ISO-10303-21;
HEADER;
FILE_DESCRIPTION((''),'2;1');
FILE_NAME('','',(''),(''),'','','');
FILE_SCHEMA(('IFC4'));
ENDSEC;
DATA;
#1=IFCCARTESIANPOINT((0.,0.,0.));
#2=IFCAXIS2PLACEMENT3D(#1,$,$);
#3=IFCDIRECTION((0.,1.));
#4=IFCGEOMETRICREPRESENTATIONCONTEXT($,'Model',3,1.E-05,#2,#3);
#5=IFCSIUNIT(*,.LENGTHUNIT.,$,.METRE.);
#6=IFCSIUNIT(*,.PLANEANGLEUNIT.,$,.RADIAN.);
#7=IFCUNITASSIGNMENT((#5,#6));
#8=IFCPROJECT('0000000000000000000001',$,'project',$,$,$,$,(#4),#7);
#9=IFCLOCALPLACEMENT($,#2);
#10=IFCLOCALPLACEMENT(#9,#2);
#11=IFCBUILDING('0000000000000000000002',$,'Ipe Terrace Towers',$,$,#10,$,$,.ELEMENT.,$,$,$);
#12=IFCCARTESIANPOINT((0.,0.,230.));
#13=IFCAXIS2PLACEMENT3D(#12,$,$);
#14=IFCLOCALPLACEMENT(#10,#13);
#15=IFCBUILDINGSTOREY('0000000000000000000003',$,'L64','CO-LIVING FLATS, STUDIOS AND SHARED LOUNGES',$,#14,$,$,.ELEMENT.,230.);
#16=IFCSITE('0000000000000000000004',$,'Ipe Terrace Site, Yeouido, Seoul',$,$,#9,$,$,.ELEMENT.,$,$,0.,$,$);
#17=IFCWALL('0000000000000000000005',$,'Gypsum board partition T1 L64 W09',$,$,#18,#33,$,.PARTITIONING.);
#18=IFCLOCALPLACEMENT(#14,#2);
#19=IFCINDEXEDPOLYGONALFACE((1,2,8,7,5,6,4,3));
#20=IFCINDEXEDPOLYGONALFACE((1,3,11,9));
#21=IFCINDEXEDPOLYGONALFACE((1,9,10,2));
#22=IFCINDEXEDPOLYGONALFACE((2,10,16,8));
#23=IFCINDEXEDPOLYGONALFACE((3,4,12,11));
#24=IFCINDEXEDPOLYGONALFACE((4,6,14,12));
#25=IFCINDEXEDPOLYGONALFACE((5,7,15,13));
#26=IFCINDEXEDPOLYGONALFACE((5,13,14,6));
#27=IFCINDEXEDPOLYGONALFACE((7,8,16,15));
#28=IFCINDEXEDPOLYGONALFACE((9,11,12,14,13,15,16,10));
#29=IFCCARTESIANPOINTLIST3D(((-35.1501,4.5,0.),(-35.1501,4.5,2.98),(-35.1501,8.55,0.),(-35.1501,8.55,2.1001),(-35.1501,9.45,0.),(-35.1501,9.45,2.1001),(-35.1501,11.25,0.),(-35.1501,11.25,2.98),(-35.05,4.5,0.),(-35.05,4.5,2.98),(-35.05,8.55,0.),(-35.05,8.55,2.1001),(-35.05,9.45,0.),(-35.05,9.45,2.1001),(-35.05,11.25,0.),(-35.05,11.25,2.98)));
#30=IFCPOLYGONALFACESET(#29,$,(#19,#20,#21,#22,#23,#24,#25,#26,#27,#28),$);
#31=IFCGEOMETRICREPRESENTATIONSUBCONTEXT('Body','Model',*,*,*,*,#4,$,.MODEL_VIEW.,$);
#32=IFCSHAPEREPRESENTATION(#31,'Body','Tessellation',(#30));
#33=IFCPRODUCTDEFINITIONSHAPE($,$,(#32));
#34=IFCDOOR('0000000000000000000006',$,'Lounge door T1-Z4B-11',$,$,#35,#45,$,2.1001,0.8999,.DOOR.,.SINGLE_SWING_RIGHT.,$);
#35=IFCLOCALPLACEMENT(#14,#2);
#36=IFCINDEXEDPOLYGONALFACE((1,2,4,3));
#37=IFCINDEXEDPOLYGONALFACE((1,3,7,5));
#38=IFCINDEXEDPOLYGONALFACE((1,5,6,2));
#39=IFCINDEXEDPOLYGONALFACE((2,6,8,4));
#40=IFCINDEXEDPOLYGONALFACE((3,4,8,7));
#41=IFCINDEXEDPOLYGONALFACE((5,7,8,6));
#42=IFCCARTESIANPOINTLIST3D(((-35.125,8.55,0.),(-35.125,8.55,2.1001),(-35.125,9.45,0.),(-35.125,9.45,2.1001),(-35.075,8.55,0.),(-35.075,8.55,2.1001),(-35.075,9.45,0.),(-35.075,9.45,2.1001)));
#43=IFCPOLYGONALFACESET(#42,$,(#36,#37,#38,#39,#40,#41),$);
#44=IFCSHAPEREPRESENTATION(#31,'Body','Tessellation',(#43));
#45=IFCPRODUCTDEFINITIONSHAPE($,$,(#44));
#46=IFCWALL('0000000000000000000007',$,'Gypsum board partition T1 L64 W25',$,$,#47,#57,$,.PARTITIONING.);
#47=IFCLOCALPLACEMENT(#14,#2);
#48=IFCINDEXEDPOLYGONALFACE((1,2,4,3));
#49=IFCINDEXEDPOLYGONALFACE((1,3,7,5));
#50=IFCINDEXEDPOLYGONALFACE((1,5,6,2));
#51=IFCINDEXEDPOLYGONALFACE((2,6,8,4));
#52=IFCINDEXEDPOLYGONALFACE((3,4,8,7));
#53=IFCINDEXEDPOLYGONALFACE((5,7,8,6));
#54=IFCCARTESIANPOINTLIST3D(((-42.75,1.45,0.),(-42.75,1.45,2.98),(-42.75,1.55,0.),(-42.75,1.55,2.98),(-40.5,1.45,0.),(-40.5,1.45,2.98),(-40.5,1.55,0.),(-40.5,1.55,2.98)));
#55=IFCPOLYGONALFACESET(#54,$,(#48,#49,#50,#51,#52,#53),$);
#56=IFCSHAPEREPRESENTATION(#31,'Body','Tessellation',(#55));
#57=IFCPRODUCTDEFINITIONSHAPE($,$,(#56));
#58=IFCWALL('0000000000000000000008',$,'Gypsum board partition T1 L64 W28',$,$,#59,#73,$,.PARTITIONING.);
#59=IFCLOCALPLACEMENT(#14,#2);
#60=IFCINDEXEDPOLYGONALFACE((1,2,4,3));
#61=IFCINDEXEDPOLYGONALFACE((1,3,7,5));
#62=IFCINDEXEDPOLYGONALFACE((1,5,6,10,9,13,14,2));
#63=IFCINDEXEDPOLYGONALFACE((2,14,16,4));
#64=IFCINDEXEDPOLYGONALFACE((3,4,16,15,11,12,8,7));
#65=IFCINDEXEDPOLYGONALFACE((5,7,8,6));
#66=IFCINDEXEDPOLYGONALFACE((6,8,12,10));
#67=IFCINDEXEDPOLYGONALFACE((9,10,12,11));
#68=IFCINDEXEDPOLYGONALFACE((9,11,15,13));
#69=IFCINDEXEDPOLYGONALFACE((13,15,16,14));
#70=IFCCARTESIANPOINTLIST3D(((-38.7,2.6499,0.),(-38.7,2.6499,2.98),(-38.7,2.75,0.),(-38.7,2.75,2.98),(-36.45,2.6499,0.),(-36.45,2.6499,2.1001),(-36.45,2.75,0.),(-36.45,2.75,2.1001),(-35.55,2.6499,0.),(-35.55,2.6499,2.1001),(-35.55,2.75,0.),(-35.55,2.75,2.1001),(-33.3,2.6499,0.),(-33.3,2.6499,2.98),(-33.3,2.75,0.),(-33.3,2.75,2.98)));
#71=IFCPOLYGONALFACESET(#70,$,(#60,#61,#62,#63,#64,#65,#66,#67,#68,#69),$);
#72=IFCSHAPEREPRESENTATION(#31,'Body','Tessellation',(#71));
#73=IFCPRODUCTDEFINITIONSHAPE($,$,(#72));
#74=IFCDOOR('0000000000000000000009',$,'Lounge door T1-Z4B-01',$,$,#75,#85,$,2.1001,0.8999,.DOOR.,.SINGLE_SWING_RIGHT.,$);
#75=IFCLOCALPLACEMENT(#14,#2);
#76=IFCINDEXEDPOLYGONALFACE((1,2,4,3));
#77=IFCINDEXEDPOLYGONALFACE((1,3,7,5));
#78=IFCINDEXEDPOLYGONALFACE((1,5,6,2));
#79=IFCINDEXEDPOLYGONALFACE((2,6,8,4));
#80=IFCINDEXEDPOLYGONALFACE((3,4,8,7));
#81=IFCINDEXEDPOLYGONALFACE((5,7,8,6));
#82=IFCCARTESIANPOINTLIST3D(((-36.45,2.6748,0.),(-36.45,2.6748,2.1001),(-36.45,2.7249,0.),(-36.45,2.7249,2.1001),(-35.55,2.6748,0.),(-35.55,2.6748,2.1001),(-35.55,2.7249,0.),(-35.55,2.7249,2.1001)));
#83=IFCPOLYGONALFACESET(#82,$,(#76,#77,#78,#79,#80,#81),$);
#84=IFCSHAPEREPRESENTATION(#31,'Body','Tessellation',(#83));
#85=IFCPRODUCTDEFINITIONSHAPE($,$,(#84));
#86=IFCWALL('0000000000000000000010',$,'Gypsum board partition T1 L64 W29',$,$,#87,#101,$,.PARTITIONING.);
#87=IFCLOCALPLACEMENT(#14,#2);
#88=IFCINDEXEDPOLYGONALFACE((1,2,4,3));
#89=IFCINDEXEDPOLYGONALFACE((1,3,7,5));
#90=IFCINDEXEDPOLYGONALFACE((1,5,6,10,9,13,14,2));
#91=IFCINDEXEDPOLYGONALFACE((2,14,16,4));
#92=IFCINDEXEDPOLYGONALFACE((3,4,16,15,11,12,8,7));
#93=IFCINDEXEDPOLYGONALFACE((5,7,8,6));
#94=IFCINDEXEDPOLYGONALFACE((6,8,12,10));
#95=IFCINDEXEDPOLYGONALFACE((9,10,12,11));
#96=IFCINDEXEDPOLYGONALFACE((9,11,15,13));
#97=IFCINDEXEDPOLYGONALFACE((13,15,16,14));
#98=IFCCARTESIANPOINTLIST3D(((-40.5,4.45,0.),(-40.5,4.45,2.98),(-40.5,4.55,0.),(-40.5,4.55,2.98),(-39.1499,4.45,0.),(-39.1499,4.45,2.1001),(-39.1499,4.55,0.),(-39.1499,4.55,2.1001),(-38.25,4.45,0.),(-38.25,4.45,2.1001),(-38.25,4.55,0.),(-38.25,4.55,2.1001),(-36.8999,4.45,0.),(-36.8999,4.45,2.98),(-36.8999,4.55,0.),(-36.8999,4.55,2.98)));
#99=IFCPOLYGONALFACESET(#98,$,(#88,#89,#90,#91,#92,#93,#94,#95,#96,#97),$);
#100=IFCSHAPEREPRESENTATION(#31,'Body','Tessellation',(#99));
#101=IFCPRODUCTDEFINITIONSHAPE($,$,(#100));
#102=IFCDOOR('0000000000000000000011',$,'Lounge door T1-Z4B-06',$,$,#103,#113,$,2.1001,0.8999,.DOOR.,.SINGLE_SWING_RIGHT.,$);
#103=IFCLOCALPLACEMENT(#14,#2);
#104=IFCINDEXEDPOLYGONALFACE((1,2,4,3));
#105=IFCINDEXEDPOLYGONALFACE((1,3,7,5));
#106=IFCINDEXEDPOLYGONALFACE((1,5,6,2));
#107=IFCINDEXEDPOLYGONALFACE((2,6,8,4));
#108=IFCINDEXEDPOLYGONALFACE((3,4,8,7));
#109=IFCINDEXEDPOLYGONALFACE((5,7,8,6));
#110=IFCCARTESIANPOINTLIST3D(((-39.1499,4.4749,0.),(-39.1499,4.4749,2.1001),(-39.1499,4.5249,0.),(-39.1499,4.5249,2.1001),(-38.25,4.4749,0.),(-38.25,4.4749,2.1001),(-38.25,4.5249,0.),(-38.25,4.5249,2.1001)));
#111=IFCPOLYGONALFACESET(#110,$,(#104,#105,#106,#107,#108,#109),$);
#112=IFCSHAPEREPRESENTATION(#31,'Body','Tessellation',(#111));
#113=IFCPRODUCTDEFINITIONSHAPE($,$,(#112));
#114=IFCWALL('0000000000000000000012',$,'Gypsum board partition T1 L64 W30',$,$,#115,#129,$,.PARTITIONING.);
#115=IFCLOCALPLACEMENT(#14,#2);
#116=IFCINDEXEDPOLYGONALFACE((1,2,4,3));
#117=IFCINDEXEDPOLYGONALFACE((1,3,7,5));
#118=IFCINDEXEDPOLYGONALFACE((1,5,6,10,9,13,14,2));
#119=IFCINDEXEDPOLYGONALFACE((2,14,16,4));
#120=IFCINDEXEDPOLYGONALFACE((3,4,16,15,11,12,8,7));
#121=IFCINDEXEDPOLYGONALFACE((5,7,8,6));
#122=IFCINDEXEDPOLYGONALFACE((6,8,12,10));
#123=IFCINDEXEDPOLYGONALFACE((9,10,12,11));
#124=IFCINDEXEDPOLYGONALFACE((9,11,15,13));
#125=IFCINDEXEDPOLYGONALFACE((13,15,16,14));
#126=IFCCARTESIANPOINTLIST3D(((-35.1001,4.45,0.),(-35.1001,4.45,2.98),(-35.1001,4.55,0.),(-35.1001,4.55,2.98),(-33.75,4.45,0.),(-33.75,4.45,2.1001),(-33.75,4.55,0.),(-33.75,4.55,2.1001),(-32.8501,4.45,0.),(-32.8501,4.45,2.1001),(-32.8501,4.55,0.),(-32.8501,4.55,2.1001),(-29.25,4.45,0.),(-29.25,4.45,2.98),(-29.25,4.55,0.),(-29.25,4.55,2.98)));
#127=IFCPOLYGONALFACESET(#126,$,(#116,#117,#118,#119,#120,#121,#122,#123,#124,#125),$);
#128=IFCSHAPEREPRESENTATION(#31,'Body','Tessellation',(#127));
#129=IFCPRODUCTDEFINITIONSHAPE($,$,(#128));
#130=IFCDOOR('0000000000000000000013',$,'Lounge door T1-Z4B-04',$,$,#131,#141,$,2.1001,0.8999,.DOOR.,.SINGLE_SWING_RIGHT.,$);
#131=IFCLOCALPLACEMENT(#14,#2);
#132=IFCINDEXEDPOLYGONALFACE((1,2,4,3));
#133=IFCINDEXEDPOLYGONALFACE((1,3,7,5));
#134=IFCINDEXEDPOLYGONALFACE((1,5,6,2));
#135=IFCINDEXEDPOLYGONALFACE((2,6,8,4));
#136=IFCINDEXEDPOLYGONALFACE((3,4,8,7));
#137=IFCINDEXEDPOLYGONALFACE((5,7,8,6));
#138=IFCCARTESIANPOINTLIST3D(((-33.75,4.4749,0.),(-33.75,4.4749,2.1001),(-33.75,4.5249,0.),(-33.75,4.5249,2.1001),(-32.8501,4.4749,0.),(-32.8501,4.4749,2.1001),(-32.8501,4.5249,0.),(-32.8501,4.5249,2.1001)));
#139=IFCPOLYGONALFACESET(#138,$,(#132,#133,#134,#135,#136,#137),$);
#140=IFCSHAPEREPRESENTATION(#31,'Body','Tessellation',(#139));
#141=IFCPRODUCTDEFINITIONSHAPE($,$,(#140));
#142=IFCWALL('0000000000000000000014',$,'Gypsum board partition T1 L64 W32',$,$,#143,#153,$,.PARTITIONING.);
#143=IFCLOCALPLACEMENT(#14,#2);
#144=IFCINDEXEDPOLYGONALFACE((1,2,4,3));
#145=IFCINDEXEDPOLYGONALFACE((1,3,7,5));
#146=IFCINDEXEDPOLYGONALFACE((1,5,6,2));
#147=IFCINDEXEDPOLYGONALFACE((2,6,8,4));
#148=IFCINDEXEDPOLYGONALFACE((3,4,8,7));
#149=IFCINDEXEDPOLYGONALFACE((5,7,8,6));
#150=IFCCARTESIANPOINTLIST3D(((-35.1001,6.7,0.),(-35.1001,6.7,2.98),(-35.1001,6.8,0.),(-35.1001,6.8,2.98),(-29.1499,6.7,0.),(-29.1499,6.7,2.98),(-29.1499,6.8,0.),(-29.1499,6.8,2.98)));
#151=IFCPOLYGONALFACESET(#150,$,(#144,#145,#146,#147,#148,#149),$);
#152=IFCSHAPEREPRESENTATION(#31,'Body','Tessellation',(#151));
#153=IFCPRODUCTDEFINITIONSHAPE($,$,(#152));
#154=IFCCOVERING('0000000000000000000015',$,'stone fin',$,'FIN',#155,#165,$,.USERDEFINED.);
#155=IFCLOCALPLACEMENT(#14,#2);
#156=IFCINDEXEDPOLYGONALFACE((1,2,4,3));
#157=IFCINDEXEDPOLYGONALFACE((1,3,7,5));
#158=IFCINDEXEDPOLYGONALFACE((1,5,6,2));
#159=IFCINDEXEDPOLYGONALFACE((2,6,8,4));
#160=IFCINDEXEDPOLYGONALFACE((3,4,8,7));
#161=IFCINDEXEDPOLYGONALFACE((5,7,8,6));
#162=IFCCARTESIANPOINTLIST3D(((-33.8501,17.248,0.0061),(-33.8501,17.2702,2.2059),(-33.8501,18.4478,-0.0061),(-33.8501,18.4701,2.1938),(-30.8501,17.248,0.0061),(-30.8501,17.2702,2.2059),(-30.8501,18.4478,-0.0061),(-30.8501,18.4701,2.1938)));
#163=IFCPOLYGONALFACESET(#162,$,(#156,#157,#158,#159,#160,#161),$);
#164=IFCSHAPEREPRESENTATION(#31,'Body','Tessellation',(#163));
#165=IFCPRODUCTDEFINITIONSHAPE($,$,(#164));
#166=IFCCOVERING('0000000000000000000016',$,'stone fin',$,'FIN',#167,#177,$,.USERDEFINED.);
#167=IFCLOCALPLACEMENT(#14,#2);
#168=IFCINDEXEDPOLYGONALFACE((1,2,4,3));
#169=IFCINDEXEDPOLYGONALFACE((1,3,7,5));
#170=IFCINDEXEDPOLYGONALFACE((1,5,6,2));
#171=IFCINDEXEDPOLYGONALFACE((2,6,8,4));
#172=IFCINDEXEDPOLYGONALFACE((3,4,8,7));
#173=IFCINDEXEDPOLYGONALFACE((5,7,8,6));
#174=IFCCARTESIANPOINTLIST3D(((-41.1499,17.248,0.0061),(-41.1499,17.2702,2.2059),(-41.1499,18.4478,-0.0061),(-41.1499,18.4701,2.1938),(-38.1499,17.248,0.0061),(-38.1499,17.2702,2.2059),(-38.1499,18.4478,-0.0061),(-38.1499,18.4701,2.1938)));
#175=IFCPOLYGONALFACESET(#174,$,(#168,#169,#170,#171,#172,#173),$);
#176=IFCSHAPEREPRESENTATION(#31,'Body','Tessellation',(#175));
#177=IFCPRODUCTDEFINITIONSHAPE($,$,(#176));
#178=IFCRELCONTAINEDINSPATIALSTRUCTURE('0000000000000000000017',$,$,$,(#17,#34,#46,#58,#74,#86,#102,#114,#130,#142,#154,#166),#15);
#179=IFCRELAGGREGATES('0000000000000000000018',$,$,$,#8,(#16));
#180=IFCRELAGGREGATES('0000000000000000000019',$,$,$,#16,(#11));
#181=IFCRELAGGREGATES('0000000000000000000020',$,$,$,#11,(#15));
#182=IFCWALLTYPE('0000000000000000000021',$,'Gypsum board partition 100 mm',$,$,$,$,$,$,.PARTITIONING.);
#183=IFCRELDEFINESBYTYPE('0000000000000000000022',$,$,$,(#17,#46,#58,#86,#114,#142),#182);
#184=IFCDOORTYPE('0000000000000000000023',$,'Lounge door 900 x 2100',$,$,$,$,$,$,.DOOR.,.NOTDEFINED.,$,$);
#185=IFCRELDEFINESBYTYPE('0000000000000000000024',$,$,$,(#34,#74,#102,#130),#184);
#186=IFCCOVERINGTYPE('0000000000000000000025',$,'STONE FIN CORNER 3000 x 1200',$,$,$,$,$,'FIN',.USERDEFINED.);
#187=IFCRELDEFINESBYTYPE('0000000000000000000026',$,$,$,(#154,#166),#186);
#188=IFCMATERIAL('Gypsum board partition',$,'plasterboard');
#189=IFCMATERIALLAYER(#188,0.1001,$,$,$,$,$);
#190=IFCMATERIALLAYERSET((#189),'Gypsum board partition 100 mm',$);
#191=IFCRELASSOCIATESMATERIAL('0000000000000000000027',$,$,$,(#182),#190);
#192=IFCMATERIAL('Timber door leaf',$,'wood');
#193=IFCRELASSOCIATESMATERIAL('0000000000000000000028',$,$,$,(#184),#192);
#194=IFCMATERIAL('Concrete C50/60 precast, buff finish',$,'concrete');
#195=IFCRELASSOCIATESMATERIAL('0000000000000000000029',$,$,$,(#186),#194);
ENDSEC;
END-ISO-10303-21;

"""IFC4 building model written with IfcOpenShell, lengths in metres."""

from ifc_helpers import new_model, si_unit, direction, frame, frame_2d, origin, origin_2d, place, context, subcontext, project, spatial, rectangle, extrude, material, layer, layer_set, material_profile, profile_set, type_object, element, fill, save


model = new_model("IFC4")

# Units and contexts
model_context = context("Model", 3, precision=1e-05, world=origin(), true_north=direction((0.0, 1.0)))
body_context = subcontext(model_context, "Body", "Model", "MODEL_VIEW")
ifc_project = project(units=[si_unit("LENGTHUNIT", "METRE"), si_unit("PLANEANGLEUNIT", "RADIAN")], contexts=[model_context])

# Site, building, storey
site_placement = place(None, origin())
site = spatial("IfcSite", under=ifc_project, at=site_placement, Name="Ipe Terrace Site, Yeouido, Seoul", CompositionType="ELEMENT", RefElevation=0.0)
building_placement = place(site_placement, origin())
building = spatial("IfcBuilding", under=site, at=building_placement, Name="Ipe Terrace Towers", CompositionType="ELEMENT")
storey_placement = place(building_placement, frame((0.0, 0.0, 230.0)))
storey = spatial("IfcBuildingStorey", under=building, at=storey_placement, Name="L64", Description="CO-LIVING FLATS, STUDIOS AND SHARED LOUNGES", CompositionType="ELEMENT", Elevation=230.0)

# Wall, opening, door
ifc_material_1 = material(Name="Gypsum board partition", Category="plasterboard")
ifc_layer_1 = layer(ifc_material_1, 0.1001)
ifc_layer_set_1 = layer_set([ifc_layer_1], Name="Gypsum board partition 100 mm")
wall_type_1 = type_object("IfcWallType", Name="Gypsum board partition 100 mm", PredefinedType="PARTITIONING", material=ifc_layer_set_1)
ifc_material_2 = material(Name="Timber door leaf", Category="wood")
door_type = type_object("IfcDoorType", Name="Lounge door 900 x 2100", OperationType="NOTDEFINED", PredefinedType="DOOR", material=ifc_material_2)
wall_1_placement = place(storey_placement, frame((-35.1001, 4.5, 0.0), z_axis=(0.0, 0.0, 1.0), x_axis=(0.0, 1.0, 0.0)))
wall_1 = element("IfcWall", 1, at=wall_1_placement, inside=storey, type_object=wall_type_1, Name="Gypsum board partition T1 L64 W09", PredefinedType="PARTITIONING", context=body_context, shape_type="SweptSolid", body=[
    extrude(rectangle(XDim=6.75, YDim=0.1001, at=frame_2d((3.375, 0.0))), origin(), (0.0, 0.0, 1.0), 2.98),
])
opening_1_placement = place(wall_1_placement, frame((4.05, 0.0, 0.0)))
opening_1 = element("IfcOpeningElement", 2, at=opening_1_placement, cuts=wall_1, PredefinedType="OPENING", context=body_context, shape_type="SweptSolid", body=[
    extrude(rectangle(XDim=0.8999, YDim=2.1001, at=frame_2d((0.45, 1.05))), frame((0.0, 0.0601, 0.0), z_axis=(0.0, -1.0, 0.0), x_axis=(1.0, 0.0, 0.0)), (0.0, 0.0, 1.0), 0.1201),
])
door_1_placement = place(opening_1_placement, origin())
door_1 = element("IfcDoor", 3, at=door_1_placement, inside=storey, type_object=door_type, Name="Lounge door T1-Z4B-11", OperationType="SINGLE_SWING_RIGHT", OverallHeight=2.1001, OverallWidth=0.8999, PredefinedType="DOOR", context=body_context, shape_type="SweptSolid", body=[
    extrude(rectangle(XDim=0.8999, YDim=2.1001, at=frame_2d((0.45, 1.05))), frame((0.0, 0.0249, 0.0), z_axis=(0.0, -1.0, 0.0), x_axis=(1.0, 0.0, 0.0)), (0.0, 0.0, 1.0), 0.05),
])
fill(opening_1, door_1)

# Wall
wall_2_placement = place(storey_placement, frame((-42.75, 1.5, 0.0), z_axis=(0.0, 0.0, 1.0), x_axis=(1.0, 0.0, 0.0)))
element("IfcWall", 4, at=wall_2_placement, inside=storey, type_object=wall_type_1, Name="Gypsum board partition T1 L64 W25", PredefinedType="PARTITIONING", context=body_context, shape_type="SweptSolid", body=[
    extrude(rectangle(XDim=2.25, YDim=0.1001, at=frame_2d((1.125, 0.0))), origin(), (0.0, 0.0, 1.0), 2.98),
])

# Walls, openings, doors
wall_3_placement = place(storey_placement, frame((-38.7, 2.7, 0.0), z_axis=(0.0, 0.0, 1.0), x_axis=(1.0, 0.0, 0.0)))
wall_3 = element("IfcWall", 5, at=wall_3_placement, inside=storey, type_object=wall_type_1, Name="Gypsum board partition T1 L64 W28", PredefinedType="PARTITIONING", context=body_context, shape_type="SweptSolid", body=[
    extrude(rectangle(XDim=5.3999, YDim=0.1001, at=frame_2d((2.7, 0.0))), origin(), (0.0, 0.0, 1.0), 2.98),
])
opening_2_placement = place(wall_3_placement, frame((2.25, 0.0, 0.0)))
opening_2 = element("IfcOpeningElement", 6, at=opening_2_placement, cuts=wall_3, PredefinedType="OPENING", context=body_context, shape_type="SweptSolid", body=[
    extrude(rectangle(XDim=0.8999, YDim=2.1001, at=frame_2d((0.45, 1.05))), frame((0.0, 0.0601, 0.0), z_axis=(0.0, -1.0, 0.0), x_axis=(1.0, 0.0, 0.0)), (0.0, 0.0, 1.0), 0.1201),
])
door_2_placement = place(opening_2_placement, origin())
door_2 = element("IfcDoor", 7, at=door_2_placement, inside=storey, type_object=door_type, Name="Lounge door T1-Z4B-01", OperationType="SINGLE_SWING_RIGHT", OverallHeight=2.1001, OverallWidth=0.8999, PredefinedType="DOOR", context=body_context, shape_type="SweptSolid", body=[
    extrude(rectangle(XDim=0.8999, YDim=2.1001, at=frame_2d((0.45, 1.05))), frame((0.0, 0.0249, 0.0), z_axis=(0.0, -1.0, 0.0), x_axis=(1.0, 0.0, 0.0)), (0.0, 0.0, 1.0), 0.05),
])
fill(opening_2, door_2)
wall_4_placement = place(storey_placement, frame((-40.5, 4.5, 0.0), z_axis=(0.0, 0.0, 1.0), x_axis=(1.0, 0.0, 0.0)))
wall_4 = element("IfcWall", 8, at=wall_4_placement, inside=storey, type_object=wall_type_1, Name="Gypsum board partition T1 L64 W29", PredefinedType="PARTITIONING", context=body_context, shape_type="SweptSolid", body=[
    extrude(rectangle(XDim=3.6001, YDim=0.1001, at=frame_2d((1.8, 0.0))), origin(), (0.0, 0.0, 1.0), 2.98),
])
opening_3_placement = place(wall_4_placement, frame((1.3501, 0.0, 0.0)))
opening_3 = element("IfcOpeningElement", 9, at=opening_3_placement, cuts=wall_4, PredefinedType="OPENING", context=body_context, shape_type="SweptSolid", body=[
    extrude(rectangle(XDim=0.8999, YDim=2.1001, at=frame_2d((0.45, 1.05))), frame((0.0, 0.0601, 0.0), z_axis=(0.0, -1.0, 0.0), x_axis=(1.0, 0.0, 0.0)), (0.0, 0.0, 1.0), 0.1201),
])
door_3_placement = place(opening_3_placement, origin())
door_3 = element("IfcDoor", 10, at=door_3_placement, inside=storey, type_object=door_type, Name="Lounge door T1-Z4B-06", OperationType="SINGLE_SWING_RIGHT", OverallHeight=2.1001, OverallWidth=0.8999, PredefinedType="DOOR", context=body_context, shape_type="SweptSolid", body=[
    extrude(rectangle(XDim=0.8999, YDim=2.1001, at=frame_2d((0.45, 1.05))), frame((0.0, 0.0249, 0.0), z_axis=(0.0, -1.0, 0.0), x_axis=(1.0, 0.0, 0.0)), (0.0, 0.0, 1.0), 0.05),
])
fill(opening_3, door_3)
wall_5_placement = place(storey_placement, frame((-35.1001, 4.5, 0.0), z_axis=(0.0, 0.0, 1.0), x_axis=(1.0, 0.0, 0.0)))
wall_5 = element("IfcWall", 11, at=wall_5_placement, inside=storey, type_object=wall_type_1, Name="Gypsum board partition T1 L64 W30", PredefinedType="PARTITIONING", context=body_context, shape_type="SweptSolid", body=[
    extrude(rectangle(XDim=5.8501, YDim=0.1001, at=frame_2d((2.925, 0.0))), origin(), (0.0, 0.0, 1.0), 2.98),
])
opening_4_placement = place(wall_5_placement, frame((1.3501, 0.0, 0.0)))
opening_4 = element("IfcOpeningElement", 12, at=opening_4_placement, cuts=wall_5, PredefinedType="OPENING", context=body_context, shape_type="SweptSolid", body=[
    extrude(rectangle(XDim=0.8999, YDim=2.1001, at=frame_2d((0.45, 1.05))), frame((0.0, 0.0601, 0.0), z_axis=(0.0, -1.0, 0.0), x_axis=(1.0, 0.0, 0.0)), (0.0, 0.0, 1.0), 0.1201),
])
door_4_placement = place(opening_4_placement, origin())
door_4 = element("IfcDoor", 13, at=door_4_placement, inside=storey, type_object=door_type, Name="Lounge door T1-Z4B-04", OperationType="SINGLE_SWING_RIGHT", OverallHeight=2.1001, OverallWidth=0.8999, PredefinedType="DOOR", context=body_context, shape_type="SweptSolid", body=[
    extrude(rectangle(XDim=0.8999, YDim=2.1001, at=frame_2d((0.45, 1.05))), frame((0.0, 0.0249, 0.0), z_axis=(0.0, -1.0, 0.0), x_axis=(1.0, 0.0, 0.0)), (0.0, 0.0, 1.0), 0.05),
])
fill(opening_4, door_4)

# Wall
wall_6_placement = place(storey_placement, frame((-35.1001, 6.75, 0.0), z_axis=(0.0, 0.0, 1.0), x_axis=(1.0, 0.0, 0.0)))
element("IfcWall", 14, at=wall_6_placement, inside=storey, type_object=wall_type_1, Name="Gypsum board partition T1 L64 W32", PredefinedType="PARTITIONING", context=body_context, shape_type="SweptSolid", body=[
    extrude(rectangle(XDim=5.9502, YDim=0.1001, at=frame_2d((2.9751, 0.0))), origin(), (0.0, 0.0, 1.0), 2.98),
])

# Coverings
ifc_material_3 = material(Name="Concrete C50/60 precast, buff finish", Category="concrete")
ifc_material_profile_1 = material_profile(ifc_material_3, rectangle(XDim=3.0, YDim=1.2, at=origin_2d()), Name="STONE FIN CORNER 3000 x 1200")
ifc_profile_set_1 = profile_set([ifc_material_profile_1], Name="Concrete C50/60 precast, buff finish")
covering_type_1 = type_object("IfcCoveringType", Name="STONE FIN CORNER 3000 x 1200", ElementType="FIN", PredefinedType="USERDEFINED", material=ifc_profile_set_1)
for number, where, z_axis, x_axis, name in (
    (15, (-32.3501, 17.8479, 0.0), (0.0, 0.010098, 0.999949), (-1.0, 0.0, 0.0), "stone fin"),
    (16, (-39.6499, 17.8479, 0.0), (0.0, 0.010098, 0.999949), (-1.0, 0.0, 0.0), "stone fin"),
):
    element("IfcCovering", number, at=place(storey_placement, frame(where, z_axis=z_axis, x_axis=x_axis)), inside=storey, type_object=covering_type_1, Name=name, ObjectType="FIN", PredefinedType="USERDEFINED", context=body_context, shape_type="SweptSolid", body=[
        extrude(rectangle(XDim=3.0, YDim=1.2, at=origin_2d()), origin(), (0.0, 0.0, 1.0), 2.2),
    ])

save(model, "model.ifc")
